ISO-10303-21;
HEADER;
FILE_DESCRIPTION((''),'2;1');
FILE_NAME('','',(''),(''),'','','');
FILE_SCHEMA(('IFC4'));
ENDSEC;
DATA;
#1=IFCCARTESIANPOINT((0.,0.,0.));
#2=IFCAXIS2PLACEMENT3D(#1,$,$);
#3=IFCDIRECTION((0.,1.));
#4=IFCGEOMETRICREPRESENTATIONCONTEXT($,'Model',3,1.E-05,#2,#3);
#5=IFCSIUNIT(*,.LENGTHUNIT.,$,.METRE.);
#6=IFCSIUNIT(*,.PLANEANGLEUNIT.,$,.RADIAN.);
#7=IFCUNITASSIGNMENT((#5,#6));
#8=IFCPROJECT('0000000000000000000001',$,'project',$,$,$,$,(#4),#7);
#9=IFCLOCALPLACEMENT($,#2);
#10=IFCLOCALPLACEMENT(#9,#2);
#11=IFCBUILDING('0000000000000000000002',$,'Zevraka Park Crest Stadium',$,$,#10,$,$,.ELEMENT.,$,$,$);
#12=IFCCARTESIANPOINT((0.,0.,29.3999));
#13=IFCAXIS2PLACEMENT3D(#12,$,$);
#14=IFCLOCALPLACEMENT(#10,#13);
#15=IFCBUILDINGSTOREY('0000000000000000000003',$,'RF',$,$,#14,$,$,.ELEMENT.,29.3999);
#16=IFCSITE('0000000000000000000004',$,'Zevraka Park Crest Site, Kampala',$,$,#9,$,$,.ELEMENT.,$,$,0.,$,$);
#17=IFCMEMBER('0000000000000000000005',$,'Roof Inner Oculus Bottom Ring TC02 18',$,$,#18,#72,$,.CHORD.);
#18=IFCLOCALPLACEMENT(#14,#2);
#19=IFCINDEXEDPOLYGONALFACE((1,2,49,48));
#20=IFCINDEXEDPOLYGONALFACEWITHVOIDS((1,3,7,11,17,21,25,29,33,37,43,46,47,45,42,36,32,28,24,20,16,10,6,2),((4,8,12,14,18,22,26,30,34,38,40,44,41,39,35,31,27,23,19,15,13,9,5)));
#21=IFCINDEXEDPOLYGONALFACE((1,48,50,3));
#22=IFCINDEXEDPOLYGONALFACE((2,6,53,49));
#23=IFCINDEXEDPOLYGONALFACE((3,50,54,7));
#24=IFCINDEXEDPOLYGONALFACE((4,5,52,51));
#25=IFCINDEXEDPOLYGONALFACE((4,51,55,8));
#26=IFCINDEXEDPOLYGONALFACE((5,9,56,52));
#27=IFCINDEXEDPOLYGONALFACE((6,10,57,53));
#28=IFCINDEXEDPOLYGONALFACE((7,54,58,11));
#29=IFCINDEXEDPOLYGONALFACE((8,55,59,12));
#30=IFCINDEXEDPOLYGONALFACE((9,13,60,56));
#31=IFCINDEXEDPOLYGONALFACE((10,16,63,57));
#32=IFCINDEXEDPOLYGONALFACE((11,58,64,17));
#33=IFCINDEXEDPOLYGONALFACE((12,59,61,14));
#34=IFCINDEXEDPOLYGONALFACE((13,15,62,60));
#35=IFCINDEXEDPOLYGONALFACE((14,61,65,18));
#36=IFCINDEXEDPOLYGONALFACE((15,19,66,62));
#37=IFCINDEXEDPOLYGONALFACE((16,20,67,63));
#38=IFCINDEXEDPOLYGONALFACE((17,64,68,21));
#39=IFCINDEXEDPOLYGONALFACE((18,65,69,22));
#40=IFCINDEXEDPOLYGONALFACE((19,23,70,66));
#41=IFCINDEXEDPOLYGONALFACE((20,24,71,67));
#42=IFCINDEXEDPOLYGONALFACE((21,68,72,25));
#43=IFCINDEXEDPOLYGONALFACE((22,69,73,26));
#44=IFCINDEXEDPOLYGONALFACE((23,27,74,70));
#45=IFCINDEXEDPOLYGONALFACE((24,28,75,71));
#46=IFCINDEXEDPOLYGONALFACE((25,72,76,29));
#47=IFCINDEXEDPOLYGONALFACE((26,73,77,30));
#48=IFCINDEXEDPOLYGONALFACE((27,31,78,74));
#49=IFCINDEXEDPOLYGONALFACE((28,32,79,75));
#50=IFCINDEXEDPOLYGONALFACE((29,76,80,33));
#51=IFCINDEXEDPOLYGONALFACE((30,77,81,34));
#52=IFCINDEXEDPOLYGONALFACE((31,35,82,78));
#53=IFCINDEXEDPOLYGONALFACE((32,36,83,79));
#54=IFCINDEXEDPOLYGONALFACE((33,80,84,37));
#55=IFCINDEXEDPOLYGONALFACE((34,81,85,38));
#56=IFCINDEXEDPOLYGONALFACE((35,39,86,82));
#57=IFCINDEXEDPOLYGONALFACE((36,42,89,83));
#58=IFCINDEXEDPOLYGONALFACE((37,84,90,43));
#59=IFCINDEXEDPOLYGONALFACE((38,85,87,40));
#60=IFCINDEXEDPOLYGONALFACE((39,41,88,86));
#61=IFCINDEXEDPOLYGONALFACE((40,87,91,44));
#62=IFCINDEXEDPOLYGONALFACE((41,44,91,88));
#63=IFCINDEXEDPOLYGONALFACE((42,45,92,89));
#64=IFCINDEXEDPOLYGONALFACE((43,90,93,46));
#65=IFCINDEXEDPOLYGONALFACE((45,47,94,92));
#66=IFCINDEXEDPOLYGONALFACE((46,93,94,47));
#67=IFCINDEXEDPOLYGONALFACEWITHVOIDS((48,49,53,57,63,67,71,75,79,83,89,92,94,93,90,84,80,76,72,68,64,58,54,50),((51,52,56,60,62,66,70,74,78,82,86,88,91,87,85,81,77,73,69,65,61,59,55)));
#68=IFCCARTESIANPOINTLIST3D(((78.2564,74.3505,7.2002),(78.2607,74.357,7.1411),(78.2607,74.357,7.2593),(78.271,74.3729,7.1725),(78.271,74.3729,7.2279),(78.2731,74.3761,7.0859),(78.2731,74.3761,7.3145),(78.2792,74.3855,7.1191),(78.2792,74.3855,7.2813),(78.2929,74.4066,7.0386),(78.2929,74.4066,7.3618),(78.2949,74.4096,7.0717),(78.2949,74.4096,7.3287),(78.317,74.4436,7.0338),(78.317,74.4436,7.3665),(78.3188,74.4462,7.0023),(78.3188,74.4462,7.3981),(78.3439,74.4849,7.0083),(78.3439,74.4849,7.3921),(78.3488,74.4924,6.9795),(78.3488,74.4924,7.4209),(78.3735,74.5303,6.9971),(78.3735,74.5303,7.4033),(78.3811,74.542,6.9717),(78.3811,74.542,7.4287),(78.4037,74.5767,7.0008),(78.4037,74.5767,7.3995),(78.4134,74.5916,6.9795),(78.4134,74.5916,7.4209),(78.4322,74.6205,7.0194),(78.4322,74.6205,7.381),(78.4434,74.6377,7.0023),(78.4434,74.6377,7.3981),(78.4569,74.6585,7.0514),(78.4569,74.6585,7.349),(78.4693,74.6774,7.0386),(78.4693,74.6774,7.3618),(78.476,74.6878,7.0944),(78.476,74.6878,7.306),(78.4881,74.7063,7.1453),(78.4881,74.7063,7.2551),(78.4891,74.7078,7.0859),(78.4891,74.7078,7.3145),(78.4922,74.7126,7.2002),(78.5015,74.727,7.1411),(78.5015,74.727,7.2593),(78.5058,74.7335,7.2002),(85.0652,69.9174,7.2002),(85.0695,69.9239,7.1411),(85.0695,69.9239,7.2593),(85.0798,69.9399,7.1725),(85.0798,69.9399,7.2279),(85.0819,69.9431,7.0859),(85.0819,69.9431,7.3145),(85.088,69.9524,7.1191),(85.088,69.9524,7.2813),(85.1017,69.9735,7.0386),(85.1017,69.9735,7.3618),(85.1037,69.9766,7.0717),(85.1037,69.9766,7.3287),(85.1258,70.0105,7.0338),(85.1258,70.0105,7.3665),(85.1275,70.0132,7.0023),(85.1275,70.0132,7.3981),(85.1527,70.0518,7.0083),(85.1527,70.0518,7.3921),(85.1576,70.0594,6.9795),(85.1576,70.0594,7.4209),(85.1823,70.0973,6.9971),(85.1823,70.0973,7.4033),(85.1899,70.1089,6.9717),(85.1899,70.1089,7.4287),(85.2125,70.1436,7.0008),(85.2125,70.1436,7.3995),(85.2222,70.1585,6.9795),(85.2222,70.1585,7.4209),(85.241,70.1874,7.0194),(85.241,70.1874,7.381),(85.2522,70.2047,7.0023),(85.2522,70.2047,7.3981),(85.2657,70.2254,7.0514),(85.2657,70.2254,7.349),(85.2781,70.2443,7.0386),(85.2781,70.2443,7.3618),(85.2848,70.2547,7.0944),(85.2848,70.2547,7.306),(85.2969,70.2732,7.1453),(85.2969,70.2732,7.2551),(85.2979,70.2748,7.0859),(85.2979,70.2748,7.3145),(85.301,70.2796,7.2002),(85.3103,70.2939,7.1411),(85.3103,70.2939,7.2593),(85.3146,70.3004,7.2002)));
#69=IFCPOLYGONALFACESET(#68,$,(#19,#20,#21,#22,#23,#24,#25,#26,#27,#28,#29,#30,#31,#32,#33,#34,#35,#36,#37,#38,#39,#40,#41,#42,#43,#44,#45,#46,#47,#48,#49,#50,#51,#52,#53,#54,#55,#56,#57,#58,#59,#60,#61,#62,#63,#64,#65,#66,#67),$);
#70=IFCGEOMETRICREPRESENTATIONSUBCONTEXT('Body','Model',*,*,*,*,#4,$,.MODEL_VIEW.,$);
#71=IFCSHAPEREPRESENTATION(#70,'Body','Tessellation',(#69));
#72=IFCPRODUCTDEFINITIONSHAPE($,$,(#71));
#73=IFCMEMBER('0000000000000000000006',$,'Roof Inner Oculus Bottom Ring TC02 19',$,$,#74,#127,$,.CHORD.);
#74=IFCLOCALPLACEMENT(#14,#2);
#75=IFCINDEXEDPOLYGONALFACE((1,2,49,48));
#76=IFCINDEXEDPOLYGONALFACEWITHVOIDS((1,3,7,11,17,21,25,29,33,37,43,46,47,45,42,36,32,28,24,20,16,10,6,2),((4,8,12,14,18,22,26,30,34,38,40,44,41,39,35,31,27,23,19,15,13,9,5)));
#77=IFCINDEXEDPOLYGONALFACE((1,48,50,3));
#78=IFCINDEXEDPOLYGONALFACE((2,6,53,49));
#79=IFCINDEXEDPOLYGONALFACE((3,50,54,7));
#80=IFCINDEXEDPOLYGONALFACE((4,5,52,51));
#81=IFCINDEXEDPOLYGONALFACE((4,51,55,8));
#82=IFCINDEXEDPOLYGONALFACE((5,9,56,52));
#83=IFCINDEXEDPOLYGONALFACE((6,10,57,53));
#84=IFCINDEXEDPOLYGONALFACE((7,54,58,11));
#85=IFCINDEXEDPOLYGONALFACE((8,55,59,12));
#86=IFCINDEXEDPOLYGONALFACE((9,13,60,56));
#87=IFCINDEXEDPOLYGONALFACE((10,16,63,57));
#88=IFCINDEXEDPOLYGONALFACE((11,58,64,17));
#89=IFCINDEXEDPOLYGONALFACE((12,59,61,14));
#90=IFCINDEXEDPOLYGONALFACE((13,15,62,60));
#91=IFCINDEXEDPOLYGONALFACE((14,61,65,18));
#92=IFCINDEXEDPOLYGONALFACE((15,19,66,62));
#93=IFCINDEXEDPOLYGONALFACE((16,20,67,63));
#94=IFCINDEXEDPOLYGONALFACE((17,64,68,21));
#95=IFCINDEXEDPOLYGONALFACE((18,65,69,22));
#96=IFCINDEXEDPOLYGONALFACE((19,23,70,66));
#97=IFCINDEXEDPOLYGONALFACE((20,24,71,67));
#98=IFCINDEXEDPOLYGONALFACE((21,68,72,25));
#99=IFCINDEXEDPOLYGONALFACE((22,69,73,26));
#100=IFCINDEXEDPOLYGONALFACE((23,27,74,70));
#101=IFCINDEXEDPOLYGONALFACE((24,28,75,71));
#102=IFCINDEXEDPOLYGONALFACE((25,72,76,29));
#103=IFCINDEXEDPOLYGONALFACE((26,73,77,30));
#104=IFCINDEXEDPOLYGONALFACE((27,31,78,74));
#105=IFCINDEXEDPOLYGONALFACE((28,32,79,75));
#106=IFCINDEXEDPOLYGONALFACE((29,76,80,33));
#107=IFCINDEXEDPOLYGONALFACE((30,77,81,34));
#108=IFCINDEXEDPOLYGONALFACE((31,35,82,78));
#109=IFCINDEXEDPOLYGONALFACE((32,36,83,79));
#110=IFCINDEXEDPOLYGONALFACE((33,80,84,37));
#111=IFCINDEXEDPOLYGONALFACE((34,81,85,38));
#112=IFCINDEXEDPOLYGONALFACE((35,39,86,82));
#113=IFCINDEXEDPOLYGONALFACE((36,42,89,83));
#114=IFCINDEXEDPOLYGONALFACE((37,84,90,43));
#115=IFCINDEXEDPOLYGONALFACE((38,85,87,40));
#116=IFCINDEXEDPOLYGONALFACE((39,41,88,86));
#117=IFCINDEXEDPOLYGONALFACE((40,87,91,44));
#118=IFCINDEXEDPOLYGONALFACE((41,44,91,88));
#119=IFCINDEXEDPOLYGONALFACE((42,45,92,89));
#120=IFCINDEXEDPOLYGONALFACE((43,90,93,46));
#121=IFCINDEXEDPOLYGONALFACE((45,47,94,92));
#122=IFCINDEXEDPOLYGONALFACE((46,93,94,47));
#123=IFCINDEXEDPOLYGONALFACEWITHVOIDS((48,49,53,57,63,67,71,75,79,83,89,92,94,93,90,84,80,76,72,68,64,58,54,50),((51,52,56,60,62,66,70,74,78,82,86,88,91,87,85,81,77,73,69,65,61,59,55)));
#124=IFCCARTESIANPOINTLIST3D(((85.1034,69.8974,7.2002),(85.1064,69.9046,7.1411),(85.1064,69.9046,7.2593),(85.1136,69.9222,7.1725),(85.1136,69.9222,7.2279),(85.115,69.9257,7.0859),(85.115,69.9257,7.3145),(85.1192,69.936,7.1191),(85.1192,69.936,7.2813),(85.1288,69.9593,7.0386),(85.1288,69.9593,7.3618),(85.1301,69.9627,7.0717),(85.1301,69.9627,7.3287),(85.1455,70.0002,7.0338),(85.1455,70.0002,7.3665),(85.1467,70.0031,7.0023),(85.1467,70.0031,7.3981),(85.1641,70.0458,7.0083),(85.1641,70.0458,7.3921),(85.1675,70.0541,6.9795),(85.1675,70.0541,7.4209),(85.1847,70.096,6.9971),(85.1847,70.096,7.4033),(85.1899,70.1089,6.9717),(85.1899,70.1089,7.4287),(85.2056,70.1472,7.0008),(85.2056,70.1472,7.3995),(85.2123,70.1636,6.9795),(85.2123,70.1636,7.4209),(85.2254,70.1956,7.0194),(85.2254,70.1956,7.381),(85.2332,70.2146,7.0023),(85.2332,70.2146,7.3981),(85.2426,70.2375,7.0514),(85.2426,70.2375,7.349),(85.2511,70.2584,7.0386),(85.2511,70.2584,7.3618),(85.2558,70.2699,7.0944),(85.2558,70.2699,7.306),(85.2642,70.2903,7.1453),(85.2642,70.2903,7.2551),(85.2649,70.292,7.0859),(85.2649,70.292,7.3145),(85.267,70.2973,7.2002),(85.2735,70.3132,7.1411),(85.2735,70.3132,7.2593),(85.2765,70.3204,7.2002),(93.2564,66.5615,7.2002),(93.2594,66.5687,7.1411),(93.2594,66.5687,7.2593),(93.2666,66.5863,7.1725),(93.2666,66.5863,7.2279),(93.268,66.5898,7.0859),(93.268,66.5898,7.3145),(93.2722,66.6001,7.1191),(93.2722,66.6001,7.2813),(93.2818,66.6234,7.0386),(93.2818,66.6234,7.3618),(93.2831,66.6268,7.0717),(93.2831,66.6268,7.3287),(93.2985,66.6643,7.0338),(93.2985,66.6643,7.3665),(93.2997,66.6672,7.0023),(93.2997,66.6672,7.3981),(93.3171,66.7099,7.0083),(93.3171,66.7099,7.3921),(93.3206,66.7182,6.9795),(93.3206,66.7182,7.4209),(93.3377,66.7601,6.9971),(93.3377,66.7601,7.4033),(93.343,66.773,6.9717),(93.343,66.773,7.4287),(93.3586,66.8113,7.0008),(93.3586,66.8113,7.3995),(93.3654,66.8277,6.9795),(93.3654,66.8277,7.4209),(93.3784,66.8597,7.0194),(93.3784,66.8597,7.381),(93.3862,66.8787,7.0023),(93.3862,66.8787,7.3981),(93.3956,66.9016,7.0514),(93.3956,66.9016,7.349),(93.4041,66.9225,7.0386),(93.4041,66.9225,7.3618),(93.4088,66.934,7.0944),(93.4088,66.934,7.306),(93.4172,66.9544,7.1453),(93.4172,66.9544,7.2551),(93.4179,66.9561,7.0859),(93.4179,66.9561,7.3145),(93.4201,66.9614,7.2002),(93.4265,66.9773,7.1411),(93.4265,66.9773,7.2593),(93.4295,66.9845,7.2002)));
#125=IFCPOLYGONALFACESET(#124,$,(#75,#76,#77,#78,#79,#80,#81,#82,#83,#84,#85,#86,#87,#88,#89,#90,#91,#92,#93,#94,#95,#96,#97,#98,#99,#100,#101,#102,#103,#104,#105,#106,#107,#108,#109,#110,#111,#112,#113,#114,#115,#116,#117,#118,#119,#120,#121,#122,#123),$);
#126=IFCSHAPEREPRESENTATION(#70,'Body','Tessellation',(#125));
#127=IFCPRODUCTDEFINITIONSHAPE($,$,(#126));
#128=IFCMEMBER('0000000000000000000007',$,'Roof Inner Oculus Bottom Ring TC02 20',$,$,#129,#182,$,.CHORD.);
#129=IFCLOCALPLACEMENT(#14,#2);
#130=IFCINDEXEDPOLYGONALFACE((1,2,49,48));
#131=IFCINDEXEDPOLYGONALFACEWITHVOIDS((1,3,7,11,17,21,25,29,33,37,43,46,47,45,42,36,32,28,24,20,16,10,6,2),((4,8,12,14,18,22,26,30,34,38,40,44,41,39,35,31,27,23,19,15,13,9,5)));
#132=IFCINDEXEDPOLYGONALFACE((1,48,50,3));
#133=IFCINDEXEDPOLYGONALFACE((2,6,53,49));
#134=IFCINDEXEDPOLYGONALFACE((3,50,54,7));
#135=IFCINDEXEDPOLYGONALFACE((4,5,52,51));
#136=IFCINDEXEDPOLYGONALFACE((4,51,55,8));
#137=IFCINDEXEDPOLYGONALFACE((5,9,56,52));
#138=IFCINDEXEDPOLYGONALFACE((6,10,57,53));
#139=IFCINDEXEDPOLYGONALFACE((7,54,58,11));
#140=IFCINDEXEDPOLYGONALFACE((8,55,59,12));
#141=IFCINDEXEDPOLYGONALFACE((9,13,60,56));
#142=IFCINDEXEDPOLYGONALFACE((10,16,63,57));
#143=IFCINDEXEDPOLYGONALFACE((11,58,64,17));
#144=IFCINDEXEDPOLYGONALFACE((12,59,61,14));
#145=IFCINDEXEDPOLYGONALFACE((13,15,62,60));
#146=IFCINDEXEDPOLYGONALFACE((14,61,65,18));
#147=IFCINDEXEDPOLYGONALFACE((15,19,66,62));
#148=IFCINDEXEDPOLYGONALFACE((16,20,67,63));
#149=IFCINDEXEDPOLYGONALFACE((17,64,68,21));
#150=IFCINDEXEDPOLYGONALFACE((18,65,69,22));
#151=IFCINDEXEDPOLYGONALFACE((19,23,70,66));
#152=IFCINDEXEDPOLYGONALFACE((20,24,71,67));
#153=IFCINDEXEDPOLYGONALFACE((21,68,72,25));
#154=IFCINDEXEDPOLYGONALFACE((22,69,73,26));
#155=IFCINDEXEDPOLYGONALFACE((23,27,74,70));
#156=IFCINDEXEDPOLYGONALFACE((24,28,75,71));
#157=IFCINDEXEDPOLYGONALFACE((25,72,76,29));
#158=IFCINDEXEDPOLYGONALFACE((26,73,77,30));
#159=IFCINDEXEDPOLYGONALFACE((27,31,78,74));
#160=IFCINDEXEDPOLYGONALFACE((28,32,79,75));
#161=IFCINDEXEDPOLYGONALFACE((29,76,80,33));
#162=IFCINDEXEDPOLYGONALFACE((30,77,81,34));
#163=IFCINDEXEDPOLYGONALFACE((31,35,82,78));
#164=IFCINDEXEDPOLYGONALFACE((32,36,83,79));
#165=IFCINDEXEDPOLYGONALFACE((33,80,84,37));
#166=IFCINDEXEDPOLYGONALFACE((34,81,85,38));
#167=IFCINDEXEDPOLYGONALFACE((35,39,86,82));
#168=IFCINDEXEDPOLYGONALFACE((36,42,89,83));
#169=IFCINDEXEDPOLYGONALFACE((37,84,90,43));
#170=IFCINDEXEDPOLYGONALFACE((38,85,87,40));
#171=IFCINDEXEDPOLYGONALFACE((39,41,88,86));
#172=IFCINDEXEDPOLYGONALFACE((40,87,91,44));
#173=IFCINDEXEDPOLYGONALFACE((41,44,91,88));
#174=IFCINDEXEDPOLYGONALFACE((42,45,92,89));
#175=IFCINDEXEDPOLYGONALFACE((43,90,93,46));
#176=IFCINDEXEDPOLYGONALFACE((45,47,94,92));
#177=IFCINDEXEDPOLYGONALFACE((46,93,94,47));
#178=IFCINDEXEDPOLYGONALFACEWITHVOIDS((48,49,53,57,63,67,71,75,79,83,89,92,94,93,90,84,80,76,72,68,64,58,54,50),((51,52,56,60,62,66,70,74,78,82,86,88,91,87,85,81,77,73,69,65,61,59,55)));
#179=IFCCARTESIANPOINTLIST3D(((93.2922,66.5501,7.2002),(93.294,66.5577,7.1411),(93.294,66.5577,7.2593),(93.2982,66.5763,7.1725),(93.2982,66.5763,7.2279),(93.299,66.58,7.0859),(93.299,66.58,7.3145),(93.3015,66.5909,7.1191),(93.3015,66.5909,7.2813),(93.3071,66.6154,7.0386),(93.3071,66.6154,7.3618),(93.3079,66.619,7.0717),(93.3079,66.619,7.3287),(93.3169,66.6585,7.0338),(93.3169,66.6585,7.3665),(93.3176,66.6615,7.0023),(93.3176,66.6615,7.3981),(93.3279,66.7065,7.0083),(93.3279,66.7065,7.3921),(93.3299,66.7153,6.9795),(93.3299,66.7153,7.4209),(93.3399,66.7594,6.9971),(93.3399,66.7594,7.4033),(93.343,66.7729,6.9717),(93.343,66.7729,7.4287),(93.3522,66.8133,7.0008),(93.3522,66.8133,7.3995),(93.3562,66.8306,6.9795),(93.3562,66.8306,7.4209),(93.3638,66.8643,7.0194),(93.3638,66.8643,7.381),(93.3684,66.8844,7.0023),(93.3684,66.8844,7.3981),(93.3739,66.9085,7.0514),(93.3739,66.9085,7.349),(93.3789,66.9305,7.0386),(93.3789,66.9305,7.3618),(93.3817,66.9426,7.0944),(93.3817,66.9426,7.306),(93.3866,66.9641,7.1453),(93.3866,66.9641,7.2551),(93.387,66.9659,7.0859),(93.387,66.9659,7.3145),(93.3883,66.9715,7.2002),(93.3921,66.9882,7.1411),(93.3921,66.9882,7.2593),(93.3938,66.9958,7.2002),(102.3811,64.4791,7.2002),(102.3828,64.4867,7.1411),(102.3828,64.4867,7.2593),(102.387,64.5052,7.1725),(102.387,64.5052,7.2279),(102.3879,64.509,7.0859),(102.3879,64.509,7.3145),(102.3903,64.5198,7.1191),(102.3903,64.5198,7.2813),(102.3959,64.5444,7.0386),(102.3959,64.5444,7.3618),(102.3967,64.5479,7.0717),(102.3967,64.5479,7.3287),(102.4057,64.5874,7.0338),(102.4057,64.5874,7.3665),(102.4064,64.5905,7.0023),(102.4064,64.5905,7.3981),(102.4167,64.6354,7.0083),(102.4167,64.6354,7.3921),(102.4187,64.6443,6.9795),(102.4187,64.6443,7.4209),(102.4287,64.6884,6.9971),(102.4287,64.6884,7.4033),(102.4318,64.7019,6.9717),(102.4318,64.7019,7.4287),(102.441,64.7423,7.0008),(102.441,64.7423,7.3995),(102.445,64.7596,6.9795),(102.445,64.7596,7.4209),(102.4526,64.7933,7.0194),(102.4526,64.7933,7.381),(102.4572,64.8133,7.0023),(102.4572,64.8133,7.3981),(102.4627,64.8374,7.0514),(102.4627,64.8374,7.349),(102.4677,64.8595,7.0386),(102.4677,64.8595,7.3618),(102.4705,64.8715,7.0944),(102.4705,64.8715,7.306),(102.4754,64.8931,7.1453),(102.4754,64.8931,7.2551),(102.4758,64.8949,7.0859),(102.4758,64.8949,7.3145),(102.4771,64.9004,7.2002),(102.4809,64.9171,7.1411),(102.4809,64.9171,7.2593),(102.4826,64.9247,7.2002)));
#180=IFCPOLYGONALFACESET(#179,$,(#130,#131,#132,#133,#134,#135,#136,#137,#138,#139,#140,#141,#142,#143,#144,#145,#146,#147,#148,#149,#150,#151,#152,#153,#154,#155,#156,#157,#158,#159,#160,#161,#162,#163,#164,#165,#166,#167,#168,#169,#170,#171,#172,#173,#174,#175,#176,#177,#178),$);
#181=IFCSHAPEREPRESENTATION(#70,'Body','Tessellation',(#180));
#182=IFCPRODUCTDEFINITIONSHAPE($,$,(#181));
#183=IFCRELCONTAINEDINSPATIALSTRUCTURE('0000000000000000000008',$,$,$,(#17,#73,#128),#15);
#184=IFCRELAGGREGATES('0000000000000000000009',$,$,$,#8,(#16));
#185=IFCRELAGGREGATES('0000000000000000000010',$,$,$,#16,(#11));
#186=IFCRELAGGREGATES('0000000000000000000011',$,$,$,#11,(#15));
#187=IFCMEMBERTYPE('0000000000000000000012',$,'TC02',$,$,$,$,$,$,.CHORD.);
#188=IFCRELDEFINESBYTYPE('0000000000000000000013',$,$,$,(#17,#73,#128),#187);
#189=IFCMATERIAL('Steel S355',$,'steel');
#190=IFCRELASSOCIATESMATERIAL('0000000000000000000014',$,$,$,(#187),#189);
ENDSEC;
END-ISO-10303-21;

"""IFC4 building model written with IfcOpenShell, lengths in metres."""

from ifc_helpers import new_model, si_unit, direction, frame, origin, origin_2d, place, context, subcontext, project, spatial, hollow_circle, extrude, material, material_profile, profile_set, type_object, element, save


model = new_model("IFC4")

# Units and contexts
model_context = context("Model", 3, precision=1e-05, world=origin(), true_north=direction((0.0, 1.0)))
body_context = subcontext(model_context, "Body", "Model", "MODEL_VIEW")
ifc_project = project(units=[si_unit("LENGTHUNIT", "METRE"), si_unit("PLANEANGLEUNIT", "RADIAN")], contexts=[model_context])

# Site, building, storey
site_placement = place(None, origin())
site = spatial("IfcSite", under=ifc_project, at=site_placement, Name="Zevraka Park Crest Site, Kampala", CompositionType="ELEMENT", RefElevation=0.0)
building_placement = place(site_placement, origin())
building = spatial("IfcBuilding", under=site, at=building_placement, Name="Zevraka Park Crest Stadium", CompositionType="ELEMENT")
storey_placement = place(building_placement, frame((0.0, 0.0, 29.3999)))
storey = spatial("IfcBuildingStorey", under=building, at=storey_placement, Name="RF", CompositionType="ELEMENT", Elevation=29.3999)

# Members
ifc_material_1 = material(Name="Steel S355", Category="steel")
ifc_material_profile_1 = material_profile(ifc_material_1, hollow_circle(Radius=0.2285, WallThickness=0.0249, at=origin_2d()), Name="CHS 457.0x25")
ifc_profile_set_1 = profile_set([ifc_material_profile_1], Name="Steel S355")
member_type_1 = type_object("IfcMemberType", Name="TC02", PredefinedType="CHORD", material=ifc_profile_set_1)
member_1_placement = place(storey_placement, frame((78.3811, 74.542, 7.2002), z_axis=(0.838029, -0.545625, 0.0), x_axis=(0.545625, 0.838029, 0.0)))
element("IfcMember", 1, at=member_1_placement, inside=storey, type_object=member_type_1, Name="Roof Inner Oculus Bottom Ring TC02 18", PredefinedType="CHORD", context=body_context, shape_type="SweptSolid", body=[
    extrude(hollow_circle(Radius=0.2285, WallThickness=0.0249, at=origin_2d()), origin(), (0.0, 0.0, 1.0), 8.1248),
])
member_2_placement = place(storey_placement, frame((85.1899, 70.1089, 7.2002), z_axis=(0.925524, -0.37869, 0.0), x_axis=(0.37869, 0.925524, 0.0)))
element("IfcMember", 2, at=member_2_placement, inside=storey, type_object=member_type_1, Name="Roof Inner Oculus Bottom Ring TC02 19", PredefinedType="CHORD", context=body_context, shape_type="SweptSolid", body=[
    extrude(hollow_circle(Radius=0.2285, WallThickness=0.0249, at=origin_2d()), origin(), (0.0, 0.0, 1.0), 8.8091),
])
member_3_placement = place(storey_placement, frame((93.343, 66.7729, 7.2002), z_axis=(0.975008, -0.222171, 0.0), x_axis=(0.222171, 0.975008, 0.0)))
element("IfcMember", 3, at=member_3_placement, inside=storey, type_object=member_type_1, Name="Roof Inner Oculus Bottom Ring TC02 20", PredefinedType="CHORD", context=body_context, shape_type="SweptSolid", body=[
    extrude(hollow_circle(Radius=0.2285, WallThickness=0.0249, at=origin_2d()), origin(), (0.0, 0.0, 1.0), 9.3218),
])

save(model, "model.ifc")
